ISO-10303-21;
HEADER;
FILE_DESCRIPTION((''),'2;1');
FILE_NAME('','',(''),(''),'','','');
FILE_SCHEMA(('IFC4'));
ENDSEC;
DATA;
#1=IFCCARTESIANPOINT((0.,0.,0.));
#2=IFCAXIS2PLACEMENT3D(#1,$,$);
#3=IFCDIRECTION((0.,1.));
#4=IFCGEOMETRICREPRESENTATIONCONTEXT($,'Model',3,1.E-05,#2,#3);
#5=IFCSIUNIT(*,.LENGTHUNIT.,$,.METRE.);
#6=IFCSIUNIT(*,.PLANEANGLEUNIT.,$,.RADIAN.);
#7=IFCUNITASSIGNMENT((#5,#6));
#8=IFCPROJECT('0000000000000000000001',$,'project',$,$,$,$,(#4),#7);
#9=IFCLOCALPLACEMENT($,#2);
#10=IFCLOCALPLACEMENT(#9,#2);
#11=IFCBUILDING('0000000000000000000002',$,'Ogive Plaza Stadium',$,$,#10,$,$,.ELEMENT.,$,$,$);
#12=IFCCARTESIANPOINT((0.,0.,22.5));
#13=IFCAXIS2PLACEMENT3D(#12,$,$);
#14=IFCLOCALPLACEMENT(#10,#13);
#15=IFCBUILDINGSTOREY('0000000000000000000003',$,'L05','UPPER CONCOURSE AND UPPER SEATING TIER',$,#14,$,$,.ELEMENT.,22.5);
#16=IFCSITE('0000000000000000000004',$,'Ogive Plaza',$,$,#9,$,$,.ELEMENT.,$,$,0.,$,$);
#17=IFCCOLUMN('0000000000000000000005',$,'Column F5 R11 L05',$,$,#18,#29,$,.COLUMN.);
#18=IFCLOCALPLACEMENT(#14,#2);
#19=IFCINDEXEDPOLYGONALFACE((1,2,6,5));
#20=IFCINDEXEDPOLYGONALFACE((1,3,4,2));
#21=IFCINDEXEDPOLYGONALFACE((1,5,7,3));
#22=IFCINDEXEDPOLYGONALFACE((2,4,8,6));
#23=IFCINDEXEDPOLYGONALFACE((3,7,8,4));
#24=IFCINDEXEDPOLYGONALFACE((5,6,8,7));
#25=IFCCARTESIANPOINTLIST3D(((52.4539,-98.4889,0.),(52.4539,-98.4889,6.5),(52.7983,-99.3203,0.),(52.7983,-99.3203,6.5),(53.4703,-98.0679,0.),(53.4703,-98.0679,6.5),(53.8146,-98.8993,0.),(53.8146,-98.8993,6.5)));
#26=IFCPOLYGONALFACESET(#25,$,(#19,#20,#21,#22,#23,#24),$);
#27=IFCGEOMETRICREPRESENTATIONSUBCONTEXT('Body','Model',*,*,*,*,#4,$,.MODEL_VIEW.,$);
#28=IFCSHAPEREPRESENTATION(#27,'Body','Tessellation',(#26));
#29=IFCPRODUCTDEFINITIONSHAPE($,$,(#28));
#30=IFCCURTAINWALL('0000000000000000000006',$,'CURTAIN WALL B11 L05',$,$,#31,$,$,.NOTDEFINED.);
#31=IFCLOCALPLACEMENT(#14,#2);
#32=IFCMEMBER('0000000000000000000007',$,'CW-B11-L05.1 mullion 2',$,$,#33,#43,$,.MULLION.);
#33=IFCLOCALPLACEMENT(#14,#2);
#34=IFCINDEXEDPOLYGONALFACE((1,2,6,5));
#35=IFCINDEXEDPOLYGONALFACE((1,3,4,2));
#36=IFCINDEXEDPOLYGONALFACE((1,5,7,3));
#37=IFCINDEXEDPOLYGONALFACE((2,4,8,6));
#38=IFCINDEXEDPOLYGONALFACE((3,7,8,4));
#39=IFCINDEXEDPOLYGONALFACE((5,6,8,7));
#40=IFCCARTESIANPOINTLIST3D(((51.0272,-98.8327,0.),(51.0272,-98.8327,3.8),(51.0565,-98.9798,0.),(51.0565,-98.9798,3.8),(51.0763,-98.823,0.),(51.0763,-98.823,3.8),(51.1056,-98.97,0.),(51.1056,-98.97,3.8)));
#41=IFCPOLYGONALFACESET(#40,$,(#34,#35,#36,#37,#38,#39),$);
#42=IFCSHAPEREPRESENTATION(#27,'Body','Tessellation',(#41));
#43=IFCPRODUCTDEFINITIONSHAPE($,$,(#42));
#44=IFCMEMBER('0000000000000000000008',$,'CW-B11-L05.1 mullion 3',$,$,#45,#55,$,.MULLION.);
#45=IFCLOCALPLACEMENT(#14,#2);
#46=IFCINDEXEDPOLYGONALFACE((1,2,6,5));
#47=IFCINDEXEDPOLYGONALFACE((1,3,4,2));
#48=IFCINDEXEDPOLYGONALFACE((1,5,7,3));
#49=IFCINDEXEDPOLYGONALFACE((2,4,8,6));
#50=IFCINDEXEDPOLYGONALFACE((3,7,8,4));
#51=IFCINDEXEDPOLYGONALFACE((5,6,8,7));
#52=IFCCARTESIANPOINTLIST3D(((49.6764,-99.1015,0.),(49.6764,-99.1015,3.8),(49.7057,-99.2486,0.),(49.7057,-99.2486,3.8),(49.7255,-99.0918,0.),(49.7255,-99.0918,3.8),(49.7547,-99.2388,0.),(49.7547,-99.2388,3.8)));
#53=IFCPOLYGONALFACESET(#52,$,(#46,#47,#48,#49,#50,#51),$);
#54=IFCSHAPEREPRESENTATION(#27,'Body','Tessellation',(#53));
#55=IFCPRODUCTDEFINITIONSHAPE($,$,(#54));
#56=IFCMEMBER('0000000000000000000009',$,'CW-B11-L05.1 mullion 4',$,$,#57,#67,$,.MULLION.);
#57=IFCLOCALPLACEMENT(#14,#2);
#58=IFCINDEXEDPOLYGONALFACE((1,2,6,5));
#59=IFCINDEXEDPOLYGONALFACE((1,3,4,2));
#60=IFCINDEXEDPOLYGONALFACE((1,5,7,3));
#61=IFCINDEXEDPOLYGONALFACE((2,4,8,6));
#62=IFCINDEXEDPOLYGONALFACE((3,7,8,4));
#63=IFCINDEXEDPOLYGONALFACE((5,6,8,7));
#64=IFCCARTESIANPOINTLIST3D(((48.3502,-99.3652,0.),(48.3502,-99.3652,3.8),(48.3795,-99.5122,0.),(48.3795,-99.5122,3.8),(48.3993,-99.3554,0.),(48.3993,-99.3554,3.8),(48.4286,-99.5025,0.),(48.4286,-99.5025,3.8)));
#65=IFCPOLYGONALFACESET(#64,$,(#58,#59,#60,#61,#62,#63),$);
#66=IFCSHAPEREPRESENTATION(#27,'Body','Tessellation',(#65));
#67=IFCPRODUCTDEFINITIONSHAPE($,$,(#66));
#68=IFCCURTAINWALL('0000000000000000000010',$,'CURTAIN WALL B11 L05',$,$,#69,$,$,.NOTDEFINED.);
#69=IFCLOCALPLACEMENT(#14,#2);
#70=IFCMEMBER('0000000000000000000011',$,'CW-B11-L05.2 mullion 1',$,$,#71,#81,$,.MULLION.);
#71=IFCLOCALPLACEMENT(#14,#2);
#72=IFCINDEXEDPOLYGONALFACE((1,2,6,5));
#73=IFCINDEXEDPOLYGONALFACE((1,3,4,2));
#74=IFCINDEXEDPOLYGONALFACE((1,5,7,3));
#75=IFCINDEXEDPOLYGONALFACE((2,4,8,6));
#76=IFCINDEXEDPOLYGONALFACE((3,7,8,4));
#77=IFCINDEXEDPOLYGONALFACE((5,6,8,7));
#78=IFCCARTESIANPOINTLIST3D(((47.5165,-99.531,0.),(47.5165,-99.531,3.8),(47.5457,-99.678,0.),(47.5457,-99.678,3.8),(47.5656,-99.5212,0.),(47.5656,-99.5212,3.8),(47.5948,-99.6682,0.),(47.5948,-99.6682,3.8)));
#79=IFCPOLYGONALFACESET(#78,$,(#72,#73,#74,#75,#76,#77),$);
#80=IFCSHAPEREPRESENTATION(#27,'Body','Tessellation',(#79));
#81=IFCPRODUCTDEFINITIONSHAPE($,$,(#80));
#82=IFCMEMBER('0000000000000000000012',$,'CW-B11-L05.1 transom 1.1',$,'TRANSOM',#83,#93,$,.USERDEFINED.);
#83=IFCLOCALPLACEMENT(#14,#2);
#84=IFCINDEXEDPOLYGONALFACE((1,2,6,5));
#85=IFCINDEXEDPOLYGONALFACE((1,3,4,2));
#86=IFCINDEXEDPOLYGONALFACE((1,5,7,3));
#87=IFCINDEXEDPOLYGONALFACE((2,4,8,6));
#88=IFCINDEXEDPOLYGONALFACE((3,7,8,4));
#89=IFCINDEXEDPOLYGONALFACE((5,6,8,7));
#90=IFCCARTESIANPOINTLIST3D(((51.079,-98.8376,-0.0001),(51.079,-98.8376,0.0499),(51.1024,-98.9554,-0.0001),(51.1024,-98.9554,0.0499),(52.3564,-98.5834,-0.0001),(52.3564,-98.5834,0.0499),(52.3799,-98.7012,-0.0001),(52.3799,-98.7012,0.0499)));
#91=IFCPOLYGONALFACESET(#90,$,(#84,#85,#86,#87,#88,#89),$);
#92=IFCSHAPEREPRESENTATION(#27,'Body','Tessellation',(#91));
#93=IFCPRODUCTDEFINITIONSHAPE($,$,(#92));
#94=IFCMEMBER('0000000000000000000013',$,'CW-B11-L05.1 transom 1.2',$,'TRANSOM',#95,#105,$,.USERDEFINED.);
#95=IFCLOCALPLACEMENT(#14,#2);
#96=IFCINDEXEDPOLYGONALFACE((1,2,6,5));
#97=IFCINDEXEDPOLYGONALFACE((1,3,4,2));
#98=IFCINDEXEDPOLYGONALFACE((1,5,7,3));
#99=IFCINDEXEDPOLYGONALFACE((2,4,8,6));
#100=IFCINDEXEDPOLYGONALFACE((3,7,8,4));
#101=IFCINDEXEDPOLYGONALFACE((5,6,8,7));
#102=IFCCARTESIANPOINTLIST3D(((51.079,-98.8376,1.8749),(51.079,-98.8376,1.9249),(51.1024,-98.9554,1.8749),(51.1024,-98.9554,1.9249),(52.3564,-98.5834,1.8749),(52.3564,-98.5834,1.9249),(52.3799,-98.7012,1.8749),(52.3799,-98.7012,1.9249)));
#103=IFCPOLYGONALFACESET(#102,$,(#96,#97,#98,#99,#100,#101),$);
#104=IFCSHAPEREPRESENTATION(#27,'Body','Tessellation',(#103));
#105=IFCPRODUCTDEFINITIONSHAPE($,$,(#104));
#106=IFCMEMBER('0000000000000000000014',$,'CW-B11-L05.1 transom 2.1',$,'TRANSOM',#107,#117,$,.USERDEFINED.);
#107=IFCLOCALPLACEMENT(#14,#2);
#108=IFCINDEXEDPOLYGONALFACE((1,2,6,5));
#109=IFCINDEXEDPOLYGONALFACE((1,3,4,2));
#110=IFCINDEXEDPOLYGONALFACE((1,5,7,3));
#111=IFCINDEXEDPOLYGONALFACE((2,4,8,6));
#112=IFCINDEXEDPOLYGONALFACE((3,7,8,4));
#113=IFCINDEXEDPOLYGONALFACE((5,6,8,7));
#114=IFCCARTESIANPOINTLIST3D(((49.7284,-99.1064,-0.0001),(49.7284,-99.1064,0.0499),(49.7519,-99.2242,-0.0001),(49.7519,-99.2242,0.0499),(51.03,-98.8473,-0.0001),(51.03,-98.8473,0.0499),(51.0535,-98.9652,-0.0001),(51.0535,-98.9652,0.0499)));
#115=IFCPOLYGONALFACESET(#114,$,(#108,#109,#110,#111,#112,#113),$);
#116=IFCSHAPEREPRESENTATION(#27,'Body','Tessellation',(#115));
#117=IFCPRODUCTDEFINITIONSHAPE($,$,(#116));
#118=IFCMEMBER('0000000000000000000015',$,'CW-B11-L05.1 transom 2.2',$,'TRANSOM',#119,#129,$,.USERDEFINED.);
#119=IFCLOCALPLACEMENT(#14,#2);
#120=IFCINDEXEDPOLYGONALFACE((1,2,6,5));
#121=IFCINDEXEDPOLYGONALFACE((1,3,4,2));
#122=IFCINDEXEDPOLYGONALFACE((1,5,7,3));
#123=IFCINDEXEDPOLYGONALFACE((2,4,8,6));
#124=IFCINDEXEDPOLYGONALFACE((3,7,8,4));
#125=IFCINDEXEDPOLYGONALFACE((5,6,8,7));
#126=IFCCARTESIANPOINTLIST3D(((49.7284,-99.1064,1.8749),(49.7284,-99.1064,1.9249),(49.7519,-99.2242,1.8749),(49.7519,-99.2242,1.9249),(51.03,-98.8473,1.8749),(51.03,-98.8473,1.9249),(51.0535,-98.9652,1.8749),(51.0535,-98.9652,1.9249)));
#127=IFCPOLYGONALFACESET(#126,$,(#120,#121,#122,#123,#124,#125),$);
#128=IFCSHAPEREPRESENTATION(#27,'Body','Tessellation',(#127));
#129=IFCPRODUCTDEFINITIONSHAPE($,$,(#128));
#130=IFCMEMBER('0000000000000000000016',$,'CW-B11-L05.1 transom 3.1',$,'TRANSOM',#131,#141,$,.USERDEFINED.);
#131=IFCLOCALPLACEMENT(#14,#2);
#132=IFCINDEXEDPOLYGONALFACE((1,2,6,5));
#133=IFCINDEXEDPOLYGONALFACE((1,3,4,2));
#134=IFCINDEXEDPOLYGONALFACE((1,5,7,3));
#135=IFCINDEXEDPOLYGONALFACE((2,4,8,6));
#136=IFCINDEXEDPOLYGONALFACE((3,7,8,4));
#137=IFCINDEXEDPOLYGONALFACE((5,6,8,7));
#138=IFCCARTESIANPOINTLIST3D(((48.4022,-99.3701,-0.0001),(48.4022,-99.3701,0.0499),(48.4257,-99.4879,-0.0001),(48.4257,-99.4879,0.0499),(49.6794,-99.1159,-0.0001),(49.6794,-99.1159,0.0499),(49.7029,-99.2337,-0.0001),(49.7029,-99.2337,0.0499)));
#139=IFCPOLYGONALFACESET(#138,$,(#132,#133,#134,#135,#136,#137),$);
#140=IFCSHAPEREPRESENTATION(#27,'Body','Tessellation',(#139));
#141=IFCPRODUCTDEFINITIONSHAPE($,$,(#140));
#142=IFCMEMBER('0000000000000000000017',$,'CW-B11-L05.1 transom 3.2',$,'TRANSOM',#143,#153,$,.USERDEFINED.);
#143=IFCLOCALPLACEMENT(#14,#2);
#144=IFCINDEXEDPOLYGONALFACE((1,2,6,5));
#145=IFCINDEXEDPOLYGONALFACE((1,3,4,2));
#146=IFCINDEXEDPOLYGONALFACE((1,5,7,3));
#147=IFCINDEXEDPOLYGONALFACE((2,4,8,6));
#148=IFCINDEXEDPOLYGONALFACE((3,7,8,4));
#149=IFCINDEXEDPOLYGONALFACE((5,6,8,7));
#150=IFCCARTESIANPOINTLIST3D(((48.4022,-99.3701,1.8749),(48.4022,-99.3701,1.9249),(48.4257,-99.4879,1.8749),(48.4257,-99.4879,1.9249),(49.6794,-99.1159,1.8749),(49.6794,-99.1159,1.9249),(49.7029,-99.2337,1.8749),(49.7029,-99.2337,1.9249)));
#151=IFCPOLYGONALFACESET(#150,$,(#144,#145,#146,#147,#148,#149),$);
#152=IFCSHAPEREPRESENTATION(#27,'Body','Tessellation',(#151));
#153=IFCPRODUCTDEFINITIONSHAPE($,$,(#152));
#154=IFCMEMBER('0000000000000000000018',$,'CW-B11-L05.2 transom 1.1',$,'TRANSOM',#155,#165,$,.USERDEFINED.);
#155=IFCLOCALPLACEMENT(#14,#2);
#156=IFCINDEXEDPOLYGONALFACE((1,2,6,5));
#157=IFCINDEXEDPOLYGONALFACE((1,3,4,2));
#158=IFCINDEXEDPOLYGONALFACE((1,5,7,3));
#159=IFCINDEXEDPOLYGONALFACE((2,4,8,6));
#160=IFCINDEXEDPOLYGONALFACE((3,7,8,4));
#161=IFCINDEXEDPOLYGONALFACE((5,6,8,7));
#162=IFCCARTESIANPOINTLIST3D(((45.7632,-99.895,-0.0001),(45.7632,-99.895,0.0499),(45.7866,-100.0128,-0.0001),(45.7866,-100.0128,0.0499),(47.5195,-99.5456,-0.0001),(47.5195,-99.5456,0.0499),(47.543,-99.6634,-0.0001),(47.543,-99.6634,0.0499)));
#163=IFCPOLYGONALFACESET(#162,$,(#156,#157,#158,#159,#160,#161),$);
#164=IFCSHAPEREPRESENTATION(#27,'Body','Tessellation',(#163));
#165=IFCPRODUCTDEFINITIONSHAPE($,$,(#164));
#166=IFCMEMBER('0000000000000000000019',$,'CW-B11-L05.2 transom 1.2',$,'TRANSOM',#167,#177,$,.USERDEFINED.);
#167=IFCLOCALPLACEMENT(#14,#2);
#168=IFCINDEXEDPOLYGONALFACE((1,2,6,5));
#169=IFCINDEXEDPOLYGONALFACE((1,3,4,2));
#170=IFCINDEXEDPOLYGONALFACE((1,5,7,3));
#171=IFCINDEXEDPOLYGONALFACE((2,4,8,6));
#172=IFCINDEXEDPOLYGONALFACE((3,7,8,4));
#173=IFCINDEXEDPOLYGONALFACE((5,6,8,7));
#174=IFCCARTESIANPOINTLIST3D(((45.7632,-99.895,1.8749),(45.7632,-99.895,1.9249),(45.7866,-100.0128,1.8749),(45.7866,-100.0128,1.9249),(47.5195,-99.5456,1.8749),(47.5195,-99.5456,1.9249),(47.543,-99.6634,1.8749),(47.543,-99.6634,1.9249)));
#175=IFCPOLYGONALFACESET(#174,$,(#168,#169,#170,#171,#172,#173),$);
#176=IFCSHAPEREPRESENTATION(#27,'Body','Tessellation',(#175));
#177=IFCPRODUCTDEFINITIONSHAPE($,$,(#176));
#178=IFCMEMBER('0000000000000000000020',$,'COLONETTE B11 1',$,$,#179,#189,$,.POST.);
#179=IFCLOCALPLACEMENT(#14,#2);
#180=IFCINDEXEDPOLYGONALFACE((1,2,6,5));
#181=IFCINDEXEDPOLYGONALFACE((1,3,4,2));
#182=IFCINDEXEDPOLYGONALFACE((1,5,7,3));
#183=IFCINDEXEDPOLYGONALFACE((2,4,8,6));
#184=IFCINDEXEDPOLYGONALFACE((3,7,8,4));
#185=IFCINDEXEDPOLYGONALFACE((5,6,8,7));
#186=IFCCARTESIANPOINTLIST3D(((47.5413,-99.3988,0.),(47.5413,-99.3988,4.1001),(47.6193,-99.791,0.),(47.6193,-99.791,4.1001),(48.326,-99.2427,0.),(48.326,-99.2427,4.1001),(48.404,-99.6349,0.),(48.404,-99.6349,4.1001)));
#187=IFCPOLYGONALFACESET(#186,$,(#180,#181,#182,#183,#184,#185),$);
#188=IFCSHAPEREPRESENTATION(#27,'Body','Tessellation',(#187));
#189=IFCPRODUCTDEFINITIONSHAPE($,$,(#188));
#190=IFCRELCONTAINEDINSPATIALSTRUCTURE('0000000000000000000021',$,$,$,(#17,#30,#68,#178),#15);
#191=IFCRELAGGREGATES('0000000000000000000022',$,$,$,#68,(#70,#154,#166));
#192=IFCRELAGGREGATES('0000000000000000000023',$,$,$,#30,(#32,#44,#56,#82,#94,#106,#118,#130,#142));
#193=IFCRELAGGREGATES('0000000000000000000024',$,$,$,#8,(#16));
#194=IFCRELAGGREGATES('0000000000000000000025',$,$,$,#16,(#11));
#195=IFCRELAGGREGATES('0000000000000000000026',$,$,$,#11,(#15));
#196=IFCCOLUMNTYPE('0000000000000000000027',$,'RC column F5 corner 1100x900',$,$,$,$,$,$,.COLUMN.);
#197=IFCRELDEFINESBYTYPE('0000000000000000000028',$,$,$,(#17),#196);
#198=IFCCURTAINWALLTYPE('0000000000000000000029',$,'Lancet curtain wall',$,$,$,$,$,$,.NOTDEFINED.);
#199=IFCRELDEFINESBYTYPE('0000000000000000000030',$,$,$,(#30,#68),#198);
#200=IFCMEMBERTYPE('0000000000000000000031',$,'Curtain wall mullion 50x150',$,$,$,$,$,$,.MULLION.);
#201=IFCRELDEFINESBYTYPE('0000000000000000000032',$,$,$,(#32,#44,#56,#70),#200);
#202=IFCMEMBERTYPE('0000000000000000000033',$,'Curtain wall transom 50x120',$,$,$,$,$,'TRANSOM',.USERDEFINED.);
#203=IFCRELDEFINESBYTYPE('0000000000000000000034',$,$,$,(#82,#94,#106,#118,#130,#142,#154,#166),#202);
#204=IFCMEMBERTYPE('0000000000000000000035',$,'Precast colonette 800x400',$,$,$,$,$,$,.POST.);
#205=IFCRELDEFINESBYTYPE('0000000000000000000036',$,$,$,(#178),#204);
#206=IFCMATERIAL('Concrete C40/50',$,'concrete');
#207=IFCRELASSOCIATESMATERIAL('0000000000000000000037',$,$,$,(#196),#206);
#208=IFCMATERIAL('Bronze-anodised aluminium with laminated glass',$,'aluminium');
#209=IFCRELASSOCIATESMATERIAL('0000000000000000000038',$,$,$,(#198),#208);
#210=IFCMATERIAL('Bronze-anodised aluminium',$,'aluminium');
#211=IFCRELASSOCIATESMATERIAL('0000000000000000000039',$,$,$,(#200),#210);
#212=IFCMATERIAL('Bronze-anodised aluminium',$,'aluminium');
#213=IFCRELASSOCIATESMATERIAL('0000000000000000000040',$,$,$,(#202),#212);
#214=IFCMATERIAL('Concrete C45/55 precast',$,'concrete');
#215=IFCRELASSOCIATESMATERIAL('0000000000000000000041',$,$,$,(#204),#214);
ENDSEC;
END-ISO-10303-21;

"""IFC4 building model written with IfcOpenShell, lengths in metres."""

from ifc_helpers import new_model, si_unit, direction, frame, origin, origin_2d, place, context, subcontext, project, spatial, rectangle, extrude, material, material_profile, profile_set, type_object, element, aggregate, save


model = new_model("IFC4")

# Units and contexts
model_context = context("Model", 3, precision=1e-05, world=origin(), true_north=direction((0.0, 1.0)))
body_context = subcontext(model_context, "Body", "Model", "MODEL_VIEW")
ifc_project = project(units=[si_unit("LENGTHUNIT", "METRE"), si_unit("PLANEANGLEUNIT", "RADIAN")], contexts=[model_context])

# Site, building, storey
site_placement = place(None, origin())
site = spatial("IfcSite", under=ifc_project, at=site_placement, Name="Ogive Plaza", CompositionType="ELEMENT", RefElevation=0.0)
building_placement = place(site_placement, origin())
building = spatial("IfcBuilding", under=site, at=building_placement, Name="Ogive Plaza Stadium", CompositionType="ELEMENT")
storey_placement = place(building_placement, frame((0.0, 0.0, 22.5)))
storey = spatial("IfcBuildingStorey", under=building, at=storey_placement, Name="L05", Description="UPPER CONCOURSE AND UPPER SEATING TIER", CompositionType="ELEMENT", Elevation=22.5)

# Column
ifc_material_1 = material(Name="Concrete C40/50", Category="concrete")
ifc_material_profile_1 = material_profile(ifc_material_1, rectangle(XDim=1.1001, YDim=0.8999, at=origin_2d()), Name="RC 1100x900")
ifc_profile_set_1 = profile_set([ifc_material_profile_1], Name="Concrete C40/50")
column_type = type_object("IfcColumnType", Name="RC column F5 corner 1100x900", PredefinedType="COLUMN", material=ifc_profile_set_1)
column_placement = place(storey_placement, frame((53.1343, -98.6941, 0.0), z_axis=(0.0, 0.0, 1.0), x_axis=(0.92388, 0.382683, 0.0)))
element("IfcColumn", 1, at=column_placement, inside=storey, type_object=column_type, Name="Column F5 R11 L05", PredefinedType="COLUMN", context=body_context, shape_type="SweptSolid", body=[
    extrude(rectangle(XDim=1.1001, YDim=0.8999, at=origin_2d()), origin(), (0.0, 0.0, 1.0), 6.5),
])

# Curtain wall, members
ifc_material_2 = material(Name="Bronze-anodised aluminium with laminated glass", Category="aluminium")
curtain_wall_type = type_object("IfcCurtainWallType", Name="Lancet curtain wall", PredefinedType="NOTDEFINED", material=ifc_material_2)
curtain_wall_1_placement = place(storey_placement, origin())
curtain_wall_1 = element("IfcCurtainWall", 2, at=curtain_wall_1_placement, inside=storey, type_object=curtain_wall_type, Name="CURTAIN WALL B11 L05", PredefinedType="NOTDEFINED")
ifc_material_3 = material(Name="Bronze-anodised aluminium", Category="aluminium")
ifc_material_profile_2 = material_profile(ifc_material_3, rectangle(XDim=0.1499, YDim=0.05, at=origin_2d()), Name="AL 150x50")
ifc_profile_set_2 = profile_set([ifc_material_profile_2], Name="Bronze-anodised aluminium")
member_type_1 = type_object("IfcMemberType", Name="Curtain wall mullion 50x150", PredefinedType="MULLION", material=ifc_profile_set_2)
member_1_placement = place(storey_placement, frame((51.0664, -98.9014, 0.0), z_axis=(0.0, 0.0, 1.0), x_axis=(0.19509, -0.980785, 0.0)))
member_1 = element("IfcMember", 3, at=member_1_placement, type_object=member_type_1, Name="CW-B11-L05.1 mullion 2", PredefinedType="MULLION", context=body_context, shape_type="SweptSolid", body=[
    extrude(rectangle(XDim=0.1499, YDim=0.05, at=origin_2d()), origin(), (0.0, 0.0, 1.0), 3.8),
])
member_2_placement = place(storey_placement, frame((49.7156, -99.1702, 0.0), z_axis=(0.0, 0.0, 1.0), x_axis=(0.19509, -0.980785, 0.0)))
member_2 = element("IfcMember", 4, at=member_2_placement, type_object=member_type_1, Name="CW-B11-L05.1 mullion 3", PredefinedType="MULLION", context=body_context, shape_type="SweptSolid", body=[
    extrude(rectangle(XDim=0.1499, YDim=0.05, at=origin_2d()), origin(), (0.0, 0.0, 1.0), 3.8),
])
member_3_placement = place(storey_placement, frame((48.3894, -99.4338, 0.0), z_axis=(0.0, 0.0, 1.0), x_axis=(0.19509, -0.980785, 0.0)))
member_3 = element("IfcMember", 5, at=member_3_placement, type_object=member_type_1, Name="CW-B11-L05.1 mullion 4", PredefinedType="MULLION", context=body_context, shape_type="SweptSolid", body=[
    extrude(rectangle(XDim=0.1499, YDim=0.05, at=origin_2d()), origin(), (0.0, 0.0, 1.0), 3.8),
])

# Curtain wall, member
curtain_wall_2_placement = place(storey_placement, origin())
curtain_wall_2 = element("IfcCurtainWall", 6, at=curtain_wall_2_placement, inside=storey, type_object=curtain_wall_type, Name="CURTAIN WALL B11 L05", PredefinedType="NOTDEFINED")
member_4_placement = place(storey_placement, frame((47.5557, -99.5996, 0.0), z_axis=(0.0, 0.0, 1.0), x_axis=(0.19509, -0.980785, 0.0)))
member_4 = element("IfcMember", 7, at=member_4_placement, type_object=member_type_1, Name="CW-B11-L05.2 mullion 1", PredefinedType="MULLION", context=body_context, shape_type="SweptSolid", body=[
    extrude(rectangle(XDim=0.1499, YDim=0.05, at=origin_2d()), origin(), (0.0, 0.0, 1.0), 3.8),
])

# Members
ifc_material_4 = material(Name="Bronze-anodised aluminium", Category="aluminium")
ifc_material_profile_3 = material_profile(ifc_material_4, rectangle(XDim=0.1201, YDim=0.05, at=origin_2d()), Name="AL 120x50")
ifc_profile_set_3 = profile_set([ifc_material_profile_3], Name="Bronze-anodised aluminium")
member_type_2 = type_object("IfcMemberType", Name="Curtain wall transom 50x120", ElementType="TRANSOM", PredefinedType="USERDEFINED", material=ifc_profile_set_3)
member_5_placement = place(storey_placement, frame((52.3682, -98.6423, 0.0249), z_axis=(-0.980775, -0.195143, 0.0), x_axis=(0.195143, -0.980775, 0.0)))
member_5 = element("IfcMember", 8, at=member_5_placement, type_object=member_type_2, Name="CW-B11-L05.1 transom 1.1", ObjectType="TRANSOM", PredefinedType="USERDEFINED", context=body_context, shape_type="SweptSolid", body=[
    extrude(rectangle(XDim=0.1201, YDim=0.05, at=origin_2d()), origin(), (0.0, 0.0, 1.0), 1.3025),
])
member_6_placement = place(storey_placement, frame((52.3682, -98.6423, 1.8999), z_axis=(-0.980775, -0.195143, 0.0), x_axis=(0.195143, -0.980775, 0.0)))
member_6 = element("IfcMember", 9, at=member_6_placement, type_object=member_type_2, Name="CW-B11-L05.1 transom 1.2", ObjectType="TRANSOM", PredefinedType="USERDEFINED", context=body_context, shape_type="SweptSolid", body=[
    extrude(rectangle(XDim=0.1201, YDim=0.05, at=origin_2d()), origin(), (0.0, 0.0, 1.0), 1.3025),
])
member_7_placement = place(storey_placement, frame((51.0417, -98.9062, 0.0249), z_axis=(-0.980764, -0.195196, 0.0), x_axis=(0.195196, -0.980764, 0.0)))
member_7 = element("IfcMember", 10, at=member_7_placement, type_object=member_type_2, Name="CW-B11-L05.1 transom 2.1", ObjectType="TRANSOM", PredefinedType="USERDEFINED", context=body_context, shape_type="SweptSolid", body=[
    extrude(rectangle(XDim=0.1201, YDim=0.05, at=origin_2d()), origin(), (0.0, 0.0, 1.0), 1.3271),
])
member_8_placement = place(storey_placement, frame((51.0417, -98.9062, 1.8999), z_axis=(-0.980764, -0.195196, 0.0), x_axis=(0.195196, -0.980764, 0.0)))
member_8 = element("IfcMember", 11, at=member_8_placement, type_object=member_type_2, Name="CW-B11-L05.1 transom 2.2", ObjectType="TRANSOM", PredefinedType="USERDEFINED", context=body_context, shape_type="SweptSolid", body=[
    extrude(rectangle(XDim=0.1201, YDim=0.05, at=origin_2d()), origin(), (0.0, 0.0, 1.0), 1.3271),
])
member_9_placement = place(storey_placement, frame((49.6912, -99.1748, 0.0249), z_axis=(-0.980768, -0.195179, 0.0), x_axis=(0.195179, -0.980768, 0.0)))
member_9 = element("IfcMember", 12, at=member_9_placement, type_object=member_type_2, Name="CW-B11-L05.1 transom 3.1", ObjectType="TRANSOM", PredefinedType="USERDEFINED", context=body_context, shape_type="SweptSolid", body=[
    extrude(rectangle(XDim=0.1201, YDim=0.05, at=origin_2d()), origin(), (0.0, 0.0, 1.0), 1.3022),
])
member_10_placement = place(storey_placement, frame((49.6912, -99.1748, 1.8999), z_axis=(-0.980768, -0.195179, 0.0), x_axis=(0.195179, -0.980768, 0.0)))
member_10 = element("IfcMember", 13, at=member_10_placement, type_object=member_type_2, Name="CW-B11-L05.1 transom 3.2", ObjectType="TRANSOM", PredefinedType="USERDEFINED", context=body_context, shape_type="SweptSolid", body=[
    extrude(rectangle(XDim=0.1201, YDim=0.05, at=origin_2d()), origin(), (0.0, 0.0, 1.0), 1.3022),
])
member_11_placement = place(storey_placement, frame((47.5312, -99.6045, 0.0249), z_axis=(-0.980785, -0.195094, 0.0), x_axis=(0.195094, -0.980785, 0.0)))
member_11 = element("IfcMember", 14, at=member_11_placement, type_object=member_type_2, Name="CW-B11-L05.2 transom 1.1", ObjectType="TRANSOM", PredefinedType="USERDEFINED", context=body_context, shape_type="SweptSolid", body=[
    extrude(rectangle(XDim=0.1201, YDim=0.05, at=origin_2d()), origin(), (0.0, 0.0, 1.0), 1.7908),
])
member_12_placement = place(storey_placement, frame((47.5312, -99.6045, 1.8999), z_axis=(-0.980785, -0.195094, 0.0), x_axis=(0.195094, -0.980785, 0.0)))
member_12 = element("IfcMember", 15, at=member_12_placement, type_object=member_type_2, Name="CW-B11-L05.2 transom 1.2", ObjectType="TRANSOM", PredefinedType="USERDEFINED", context=body_context, shape_type="SweptSolid", body=[
    extrude(rectangle(XDim=0.1201, YDim=0.05, at=origin_2d()), origin(), (0.0, 0.0, 1.0), 1.7908),
])
aggregate(curtain_wall_2, [member_4, member_11, member_12])
ifc_material_5 = material(Name="Concrete C45/55 precast", Category="concrete")
ifc_material_profile_4 = material_profile(ifc_material_5, rectangle(XDim=0.3999, YDim=0.8, at=origin_2d()), Name="RC 400x800")
ifc_profile_set_4 = profile_set([ifc_material_profile_4], Name="Concrete C45/55 precast")
member_type_3 = type_object("IfcMemberType", Name="Precast colonette 800x400", PredefinedType="POST", material=ifc_profile_set_4)
member_13_placement = place(storey_placement, frame((47.9727, -99.5168, 0.0), z_axis=(0.0, 0.0, 1.0), x_axis=(0.19509, -0.980785, 0.0)))
element("IfcMember", 16, at=member_13_placement, inside=storey, type_object=member_type_3, Name="COLONETTE B11 1", PredefinedType="POST", context=body_context, shape_type="SweptSolid", body=[
    extrude(rectangle(XDim=0.3999, YDim=0.8, at=origin_2d()), origin(), (0.0, 0.0, 1.0), 4.1001),
])

aggregate(curtain_wall_1, [member_1, member_2, member_3, member_5, member_6, member_7, member_8, member_9, member_10])

save(model, "model.ifc")
